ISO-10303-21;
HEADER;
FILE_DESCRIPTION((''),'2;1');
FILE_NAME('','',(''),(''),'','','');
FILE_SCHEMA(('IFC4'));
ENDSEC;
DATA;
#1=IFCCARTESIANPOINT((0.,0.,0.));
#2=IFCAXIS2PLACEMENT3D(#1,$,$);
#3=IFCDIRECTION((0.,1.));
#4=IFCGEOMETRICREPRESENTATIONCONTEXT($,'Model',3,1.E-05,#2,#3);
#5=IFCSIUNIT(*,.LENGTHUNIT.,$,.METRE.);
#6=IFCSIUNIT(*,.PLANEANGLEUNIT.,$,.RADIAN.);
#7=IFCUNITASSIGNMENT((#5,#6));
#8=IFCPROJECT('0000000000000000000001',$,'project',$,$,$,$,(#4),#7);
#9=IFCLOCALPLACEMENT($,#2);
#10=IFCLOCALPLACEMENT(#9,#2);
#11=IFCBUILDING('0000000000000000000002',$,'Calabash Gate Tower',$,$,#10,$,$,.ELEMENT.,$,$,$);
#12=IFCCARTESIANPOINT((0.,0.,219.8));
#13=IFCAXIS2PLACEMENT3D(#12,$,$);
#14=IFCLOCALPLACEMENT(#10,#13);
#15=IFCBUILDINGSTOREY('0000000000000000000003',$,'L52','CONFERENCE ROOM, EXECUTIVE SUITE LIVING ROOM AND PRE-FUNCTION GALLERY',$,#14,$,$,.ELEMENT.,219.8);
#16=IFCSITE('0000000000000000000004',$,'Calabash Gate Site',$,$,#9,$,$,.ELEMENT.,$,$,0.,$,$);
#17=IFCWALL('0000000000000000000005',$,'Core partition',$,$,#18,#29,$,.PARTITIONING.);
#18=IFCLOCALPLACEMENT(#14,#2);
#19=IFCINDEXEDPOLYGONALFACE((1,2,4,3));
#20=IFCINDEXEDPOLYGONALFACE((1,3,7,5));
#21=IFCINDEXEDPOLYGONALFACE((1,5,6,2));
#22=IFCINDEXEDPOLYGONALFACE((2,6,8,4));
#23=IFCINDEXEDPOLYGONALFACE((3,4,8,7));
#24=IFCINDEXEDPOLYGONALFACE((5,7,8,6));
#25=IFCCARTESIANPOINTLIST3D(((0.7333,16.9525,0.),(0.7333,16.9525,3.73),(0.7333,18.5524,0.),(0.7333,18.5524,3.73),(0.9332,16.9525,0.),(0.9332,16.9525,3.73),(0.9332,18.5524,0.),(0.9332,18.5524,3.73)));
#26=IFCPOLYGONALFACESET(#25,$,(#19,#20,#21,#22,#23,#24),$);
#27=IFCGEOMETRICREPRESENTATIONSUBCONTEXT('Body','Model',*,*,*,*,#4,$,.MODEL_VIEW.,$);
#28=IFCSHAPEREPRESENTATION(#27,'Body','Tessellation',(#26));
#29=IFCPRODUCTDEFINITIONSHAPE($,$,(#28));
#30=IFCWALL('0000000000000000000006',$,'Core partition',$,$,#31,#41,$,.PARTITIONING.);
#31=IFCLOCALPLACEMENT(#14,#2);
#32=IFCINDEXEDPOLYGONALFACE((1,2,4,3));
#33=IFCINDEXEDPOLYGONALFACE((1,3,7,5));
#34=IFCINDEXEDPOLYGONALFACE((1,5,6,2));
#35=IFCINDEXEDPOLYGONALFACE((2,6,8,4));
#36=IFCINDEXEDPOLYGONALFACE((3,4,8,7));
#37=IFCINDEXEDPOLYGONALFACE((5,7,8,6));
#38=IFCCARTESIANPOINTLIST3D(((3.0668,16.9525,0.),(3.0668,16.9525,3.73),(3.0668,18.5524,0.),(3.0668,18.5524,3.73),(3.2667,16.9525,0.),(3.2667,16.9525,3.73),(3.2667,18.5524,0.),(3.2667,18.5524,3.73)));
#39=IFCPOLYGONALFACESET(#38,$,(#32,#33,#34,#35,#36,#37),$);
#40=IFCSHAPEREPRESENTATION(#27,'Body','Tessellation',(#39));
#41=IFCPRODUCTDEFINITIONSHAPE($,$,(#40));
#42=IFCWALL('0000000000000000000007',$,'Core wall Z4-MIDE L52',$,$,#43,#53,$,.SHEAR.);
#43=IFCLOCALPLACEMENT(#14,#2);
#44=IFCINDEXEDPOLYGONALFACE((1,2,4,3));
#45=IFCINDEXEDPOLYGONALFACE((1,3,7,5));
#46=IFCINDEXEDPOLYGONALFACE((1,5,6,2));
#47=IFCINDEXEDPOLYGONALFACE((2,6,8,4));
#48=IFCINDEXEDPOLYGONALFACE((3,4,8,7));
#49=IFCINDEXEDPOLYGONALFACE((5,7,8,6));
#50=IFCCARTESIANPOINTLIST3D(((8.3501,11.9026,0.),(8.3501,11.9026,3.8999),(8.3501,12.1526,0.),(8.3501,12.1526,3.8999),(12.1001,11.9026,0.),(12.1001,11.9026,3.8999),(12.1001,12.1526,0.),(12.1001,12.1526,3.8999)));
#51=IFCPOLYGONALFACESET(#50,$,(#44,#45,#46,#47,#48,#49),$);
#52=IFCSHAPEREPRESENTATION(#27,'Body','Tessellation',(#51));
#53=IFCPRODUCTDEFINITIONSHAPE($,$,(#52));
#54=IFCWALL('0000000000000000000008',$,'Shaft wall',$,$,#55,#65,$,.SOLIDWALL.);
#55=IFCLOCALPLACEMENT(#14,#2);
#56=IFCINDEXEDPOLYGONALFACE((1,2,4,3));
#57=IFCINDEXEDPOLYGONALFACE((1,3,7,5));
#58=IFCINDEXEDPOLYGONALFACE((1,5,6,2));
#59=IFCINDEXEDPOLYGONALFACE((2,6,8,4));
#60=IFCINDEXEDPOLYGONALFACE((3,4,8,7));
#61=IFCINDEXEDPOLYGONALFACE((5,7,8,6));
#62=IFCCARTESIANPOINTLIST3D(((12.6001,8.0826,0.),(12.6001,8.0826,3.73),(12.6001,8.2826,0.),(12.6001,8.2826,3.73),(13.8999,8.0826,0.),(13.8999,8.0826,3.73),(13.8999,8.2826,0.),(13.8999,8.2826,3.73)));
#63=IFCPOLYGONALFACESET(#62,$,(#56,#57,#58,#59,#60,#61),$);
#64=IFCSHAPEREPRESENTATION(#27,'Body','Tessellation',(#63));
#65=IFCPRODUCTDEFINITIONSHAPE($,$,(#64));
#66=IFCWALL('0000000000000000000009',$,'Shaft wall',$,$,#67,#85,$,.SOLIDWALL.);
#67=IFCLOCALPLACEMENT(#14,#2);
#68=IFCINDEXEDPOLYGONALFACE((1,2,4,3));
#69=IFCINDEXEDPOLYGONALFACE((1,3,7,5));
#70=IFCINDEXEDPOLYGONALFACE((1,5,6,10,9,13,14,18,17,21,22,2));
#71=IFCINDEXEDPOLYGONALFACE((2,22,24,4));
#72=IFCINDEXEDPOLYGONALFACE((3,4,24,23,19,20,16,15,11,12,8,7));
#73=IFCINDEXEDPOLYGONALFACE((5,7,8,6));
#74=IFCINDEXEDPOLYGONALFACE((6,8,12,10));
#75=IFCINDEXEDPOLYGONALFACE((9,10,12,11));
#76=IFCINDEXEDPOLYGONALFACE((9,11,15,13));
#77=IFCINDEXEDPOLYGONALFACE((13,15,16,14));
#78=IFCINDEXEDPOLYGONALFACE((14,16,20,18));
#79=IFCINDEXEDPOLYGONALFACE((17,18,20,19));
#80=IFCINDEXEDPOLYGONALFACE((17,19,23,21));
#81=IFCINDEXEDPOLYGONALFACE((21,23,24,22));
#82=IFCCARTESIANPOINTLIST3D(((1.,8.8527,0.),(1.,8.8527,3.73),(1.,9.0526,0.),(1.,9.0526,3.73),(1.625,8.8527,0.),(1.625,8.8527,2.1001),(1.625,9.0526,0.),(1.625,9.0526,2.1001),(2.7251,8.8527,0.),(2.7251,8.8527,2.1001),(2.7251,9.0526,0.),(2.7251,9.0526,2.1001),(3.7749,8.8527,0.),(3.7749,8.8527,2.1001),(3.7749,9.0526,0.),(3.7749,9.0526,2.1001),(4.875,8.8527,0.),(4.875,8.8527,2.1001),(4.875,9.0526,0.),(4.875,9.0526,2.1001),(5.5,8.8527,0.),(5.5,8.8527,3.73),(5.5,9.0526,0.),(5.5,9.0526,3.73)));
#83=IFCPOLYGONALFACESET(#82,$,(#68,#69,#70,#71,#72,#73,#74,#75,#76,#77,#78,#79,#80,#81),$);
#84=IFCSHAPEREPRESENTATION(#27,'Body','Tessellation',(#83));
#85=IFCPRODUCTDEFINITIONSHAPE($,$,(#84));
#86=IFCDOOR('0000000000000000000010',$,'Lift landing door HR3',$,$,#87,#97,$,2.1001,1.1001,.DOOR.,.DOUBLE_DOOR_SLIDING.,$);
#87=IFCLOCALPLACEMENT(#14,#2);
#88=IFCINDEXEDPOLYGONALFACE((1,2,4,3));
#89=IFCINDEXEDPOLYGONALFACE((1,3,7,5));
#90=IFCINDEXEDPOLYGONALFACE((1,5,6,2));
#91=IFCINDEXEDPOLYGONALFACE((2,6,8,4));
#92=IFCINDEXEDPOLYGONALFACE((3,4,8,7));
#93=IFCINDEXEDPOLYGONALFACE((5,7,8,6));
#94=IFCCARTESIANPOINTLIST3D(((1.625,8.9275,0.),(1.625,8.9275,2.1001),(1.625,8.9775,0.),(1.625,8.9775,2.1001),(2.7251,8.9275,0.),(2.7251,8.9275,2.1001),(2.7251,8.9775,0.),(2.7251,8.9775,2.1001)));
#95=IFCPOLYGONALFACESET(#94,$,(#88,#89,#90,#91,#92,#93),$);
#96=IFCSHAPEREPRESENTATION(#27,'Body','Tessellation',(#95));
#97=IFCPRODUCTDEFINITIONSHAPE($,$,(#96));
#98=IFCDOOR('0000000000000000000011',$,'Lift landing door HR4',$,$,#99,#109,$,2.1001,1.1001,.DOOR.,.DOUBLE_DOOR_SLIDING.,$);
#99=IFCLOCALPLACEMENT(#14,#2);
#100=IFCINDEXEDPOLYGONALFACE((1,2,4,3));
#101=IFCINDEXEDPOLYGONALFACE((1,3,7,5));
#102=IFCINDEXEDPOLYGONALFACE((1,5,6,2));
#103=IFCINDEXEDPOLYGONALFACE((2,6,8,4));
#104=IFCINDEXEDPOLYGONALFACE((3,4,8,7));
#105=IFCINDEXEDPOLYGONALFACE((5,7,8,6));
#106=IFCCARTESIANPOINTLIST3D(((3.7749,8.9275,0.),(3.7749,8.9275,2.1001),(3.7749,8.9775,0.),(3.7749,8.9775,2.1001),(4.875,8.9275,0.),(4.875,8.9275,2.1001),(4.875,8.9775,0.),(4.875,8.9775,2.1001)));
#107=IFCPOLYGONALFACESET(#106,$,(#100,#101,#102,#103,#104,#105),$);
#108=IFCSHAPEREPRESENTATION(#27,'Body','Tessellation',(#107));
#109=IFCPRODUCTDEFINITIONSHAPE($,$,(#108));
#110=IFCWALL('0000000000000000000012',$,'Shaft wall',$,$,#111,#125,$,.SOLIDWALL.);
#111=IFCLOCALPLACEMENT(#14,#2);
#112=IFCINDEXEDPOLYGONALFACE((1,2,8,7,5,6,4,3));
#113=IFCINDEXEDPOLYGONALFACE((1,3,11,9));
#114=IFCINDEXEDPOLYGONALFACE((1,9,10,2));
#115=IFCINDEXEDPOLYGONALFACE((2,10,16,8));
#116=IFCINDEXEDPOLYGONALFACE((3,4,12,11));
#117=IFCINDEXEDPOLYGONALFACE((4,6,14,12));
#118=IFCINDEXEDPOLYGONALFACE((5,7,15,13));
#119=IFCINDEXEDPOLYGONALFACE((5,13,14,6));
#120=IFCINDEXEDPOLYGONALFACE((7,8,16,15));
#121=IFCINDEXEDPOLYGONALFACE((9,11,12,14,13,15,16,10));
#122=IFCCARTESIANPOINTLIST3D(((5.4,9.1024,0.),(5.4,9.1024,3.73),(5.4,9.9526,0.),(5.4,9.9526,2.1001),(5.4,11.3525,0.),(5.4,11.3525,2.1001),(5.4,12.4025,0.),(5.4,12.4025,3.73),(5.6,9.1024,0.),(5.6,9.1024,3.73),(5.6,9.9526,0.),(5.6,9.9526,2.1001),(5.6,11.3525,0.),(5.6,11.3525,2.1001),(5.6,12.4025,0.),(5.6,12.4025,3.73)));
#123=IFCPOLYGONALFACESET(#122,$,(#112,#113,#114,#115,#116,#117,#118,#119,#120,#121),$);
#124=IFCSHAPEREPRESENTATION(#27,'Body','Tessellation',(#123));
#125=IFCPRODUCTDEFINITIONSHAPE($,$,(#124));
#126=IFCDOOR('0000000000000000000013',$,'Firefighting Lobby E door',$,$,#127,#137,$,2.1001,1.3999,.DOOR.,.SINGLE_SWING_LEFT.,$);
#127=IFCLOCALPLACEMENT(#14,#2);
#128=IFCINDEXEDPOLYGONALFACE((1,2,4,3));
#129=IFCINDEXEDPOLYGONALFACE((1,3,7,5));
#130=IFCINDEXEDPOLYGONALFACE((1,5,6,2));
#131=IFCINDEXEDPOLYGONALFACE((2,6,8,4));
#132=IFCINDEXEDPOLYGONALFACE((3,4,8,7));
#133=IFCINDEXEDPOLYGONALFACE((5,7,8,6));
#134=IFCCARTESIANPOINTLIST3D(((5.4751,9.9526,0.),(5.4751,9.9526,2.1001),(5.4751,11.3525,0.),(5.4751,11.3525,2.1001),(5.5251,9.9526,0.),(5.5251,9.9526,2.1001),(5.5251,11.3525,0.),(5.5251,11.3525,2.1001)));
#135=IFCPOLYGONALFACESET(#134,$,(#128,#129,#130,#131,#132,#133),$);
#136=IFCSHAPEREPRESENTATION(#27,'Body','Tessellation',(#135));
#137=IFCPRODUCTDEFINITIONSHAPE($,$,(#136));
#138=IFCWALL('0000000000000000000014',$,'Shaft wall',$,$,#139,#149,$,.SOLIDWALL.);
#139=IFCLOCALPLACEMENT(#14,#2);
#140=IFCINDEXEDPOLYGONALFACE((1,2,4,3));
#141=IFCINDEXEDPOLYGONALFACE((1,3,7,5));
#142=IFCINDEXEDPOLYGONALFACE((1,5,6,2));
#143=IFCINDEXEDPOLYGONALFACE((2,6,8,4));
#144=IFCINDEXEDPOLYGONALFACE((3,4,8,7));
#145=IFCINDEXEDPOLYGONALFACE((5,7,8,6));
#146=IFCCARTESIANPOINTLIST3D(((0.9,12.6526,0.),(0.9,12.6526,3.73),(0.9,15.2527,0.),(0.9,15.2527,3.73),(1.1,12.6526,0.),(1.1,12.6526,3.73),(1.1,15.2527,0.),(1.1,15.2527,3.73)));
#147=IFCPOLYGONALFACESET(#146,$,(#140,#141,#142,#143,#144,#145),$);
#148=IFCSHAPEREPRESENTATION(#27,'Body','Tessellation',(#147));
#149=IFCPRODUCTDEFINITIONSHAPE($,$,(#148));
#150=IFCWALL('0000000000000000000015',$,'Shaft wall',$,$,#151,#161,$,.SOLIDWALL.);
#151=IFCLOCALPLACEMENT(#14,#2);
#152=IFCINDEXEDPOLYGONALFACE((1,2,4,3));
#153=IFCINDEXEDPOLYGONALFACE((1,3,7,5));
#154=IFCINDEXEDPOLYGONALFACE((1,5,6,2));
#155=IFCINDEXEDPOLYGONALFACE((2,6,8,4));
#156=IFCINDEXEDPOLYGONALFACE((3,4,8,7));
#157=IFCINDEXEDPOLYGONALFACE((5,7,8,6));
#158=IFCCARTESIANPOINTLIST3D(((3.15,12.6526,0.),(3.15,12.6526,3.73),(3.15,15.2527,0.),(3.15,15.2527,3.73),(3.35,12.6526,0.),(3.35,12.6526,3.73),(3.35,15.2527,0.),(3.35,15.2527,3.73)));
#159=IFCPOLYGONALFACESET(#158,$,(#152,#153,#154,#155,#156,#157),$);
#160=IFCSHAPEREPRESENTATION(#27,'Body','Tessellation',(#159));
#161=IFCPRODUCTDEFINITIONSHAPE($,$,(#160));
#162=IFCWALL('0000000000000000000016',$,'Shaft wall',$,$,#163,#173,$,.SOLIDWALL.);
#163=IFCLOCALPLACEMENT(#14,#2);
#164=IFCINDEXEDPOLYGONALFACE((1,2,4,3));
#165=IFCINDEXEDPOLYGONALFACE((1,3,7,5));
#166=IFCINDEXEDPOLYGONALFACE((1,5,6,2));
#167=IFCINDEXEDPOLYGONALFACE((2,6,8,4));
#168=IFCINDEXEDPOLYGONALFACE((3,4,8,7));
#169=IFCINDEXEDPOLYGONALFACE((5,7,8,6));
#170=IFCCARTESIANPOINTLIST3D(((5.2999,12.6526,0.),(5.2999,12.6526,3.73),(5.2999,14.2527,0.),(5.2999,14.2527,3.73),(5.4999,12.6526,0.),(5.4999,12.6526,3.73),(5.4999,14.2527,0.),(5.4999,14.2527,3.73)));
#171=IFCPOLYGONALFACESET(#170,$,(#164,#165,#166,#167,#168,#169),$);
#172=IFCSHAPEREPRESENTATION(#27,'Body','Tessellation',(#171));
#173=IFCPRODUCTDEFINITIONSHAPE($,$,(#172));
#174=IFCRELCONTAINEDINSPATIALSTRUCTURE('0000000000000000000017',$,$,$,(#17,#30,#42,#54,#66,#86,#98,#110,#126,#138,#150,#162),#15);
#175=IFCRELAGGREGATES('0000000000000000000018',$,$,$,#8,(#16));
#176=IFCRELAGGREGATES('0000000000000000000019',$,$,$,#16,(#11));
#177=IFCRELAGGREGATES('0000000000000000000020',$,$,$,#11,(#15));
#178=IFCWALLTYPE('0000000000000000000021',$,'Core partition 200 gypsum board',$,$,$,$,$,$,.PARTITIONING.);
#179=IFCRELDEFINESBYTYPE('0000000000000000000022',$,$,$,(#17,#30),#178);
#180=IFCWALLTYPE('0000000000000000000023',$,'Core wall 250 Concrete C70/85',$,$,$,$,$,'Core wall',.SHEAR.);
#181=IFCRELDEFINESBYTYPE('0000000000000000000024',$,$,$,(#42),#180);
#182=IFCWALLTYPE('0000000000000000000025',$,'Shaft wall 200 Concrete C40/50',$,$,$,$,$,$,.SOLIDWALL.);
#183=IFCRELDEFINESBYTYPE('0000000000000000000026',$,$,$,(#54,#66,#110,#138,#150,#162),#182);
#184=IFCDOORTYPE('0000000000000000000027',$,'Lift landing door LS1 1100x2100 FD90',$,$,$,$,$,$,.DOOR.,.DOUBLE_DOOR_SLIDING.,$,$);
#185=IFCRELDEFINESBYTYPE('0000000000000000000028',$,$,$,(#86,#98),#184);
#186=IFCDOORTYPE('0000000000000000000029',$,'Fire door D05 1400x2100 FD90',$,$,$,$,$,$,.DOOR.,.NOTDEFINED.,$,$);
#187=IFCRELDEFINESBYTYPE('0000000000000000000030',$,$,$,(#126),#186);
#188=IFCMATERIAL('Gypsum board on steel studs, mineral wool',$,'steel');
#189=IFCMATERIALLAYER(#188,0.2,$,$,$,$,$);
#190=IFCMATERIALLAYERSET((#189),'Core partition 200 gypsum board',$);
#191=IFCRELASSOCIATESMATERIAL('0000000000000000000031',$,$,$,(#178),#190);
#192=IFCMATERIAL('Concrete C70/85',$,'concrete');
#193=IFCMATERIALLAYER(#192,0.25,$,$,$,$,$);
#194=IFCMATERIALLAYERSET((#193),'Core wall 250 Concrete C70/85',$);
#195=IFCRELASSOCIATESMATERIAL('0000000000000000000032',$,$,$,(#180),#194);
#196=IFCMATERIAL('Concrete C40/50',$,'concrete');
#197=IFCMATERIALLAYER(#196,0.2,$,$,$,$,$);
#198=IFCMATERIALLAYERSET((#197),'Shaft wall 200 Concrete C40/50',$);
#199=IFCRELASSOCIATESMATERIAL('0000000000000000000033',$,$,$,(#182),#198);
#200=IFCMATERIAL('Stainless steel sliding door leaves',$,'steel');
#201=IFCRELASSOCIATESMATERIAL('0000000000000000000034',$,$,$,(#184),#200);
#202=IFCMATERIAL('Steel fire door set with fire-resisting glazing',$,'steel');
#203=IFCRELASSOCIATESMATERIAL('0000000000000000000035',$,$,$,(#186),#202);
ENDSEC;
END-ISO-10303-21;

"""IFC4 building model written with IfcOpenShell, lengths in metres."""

from ifc_helpers import new_model, si_unit, direction, frame, frame_2d, origin, place, context, subcontext, project, spatial, rectangle, extrude, material, layer, layer_set, type_object, element, fill, save


model = new_model("IFC4")

# Units and contexts
model_context = context("Model", 3, precision=1e-05, world=origin(), true_north=direction((0.0, 1.0)))
body_context = subcontext(model_context, "Body", "Model", "MODEL_VIEW")
ifc_project = project(units=[si_unit("LENGTHUNIT", "METRE"), si_unit("PLANEANGLEUNIT", "RADIAN")], contexts=[model_context])

# Site, building, storey
site_placement = place(None, origin())
site = spatial("IfcSite", under=ifc_project, at=site_placement, Name="Calabash Gate Site", CompositionType="ELEMENT", RefElevation=0.0)
building_placement = place(site_placement, origin())
building = spatial("IfcBuilding", under=site, at=building_placement, Name="Calabash Gate Tower", CompositionType="ELEMENT")
storey_placement = place(building_placement, frame((0.0, 0.0, 219.8)))
storey = spatial("IfcBuildingStorey", under=building, at=storey_placement, Name="L52", Description="CONFERENCE ROOM, EXECUTIVE SUITE LIVING ROOM AND PRE-FUNCTION GALLERY", CompositionType="ELEMENT", Elevation=219.8)

# Walls
ifc_material_1 = material(Name="Gypsum board on steel studs, mineral wool", Category="steel")
ifc_layer_1 = layer(ifc_material_1, 0.2)
ifc_layer_set_1 = layer_set([ifc_layer_1], Name="Core partition 200 gypsum board")
wall_type_1 = type_object("IfcWallType", Name="Core partition 200 gypsum board", PredefinedType="PARTITIONING", material=ifc_layer_set_1)
for number, where, z_axis, x_axis, name in (
    (1, (0.8333, 16.9526, 0.0), (0.0, 0.0, 1.0), (0.0, 1.0, 0.0), "Core partition"),
    (2, (3.1667, 16.9526, 0.0), (0.0, 0.0, 1.0), (0.0, 1.0, 0.0), "Core partition"),
):
    element("IfcWall", number, at=place(storey_placement, frame(where, z_axis=z_axis, x_axis=x_axis)), inside=storey, type_object=wall_type_1, Name=name, PredefinedType="PARTITIONING", context=body_context, shape_type="SweptSolid", body=[
        extrude(rectangle(XDim=1.5999, YDim=0.2, at=frame_2d((0.7998, 0.0))), origin(), (0.0, 0.0, 1.0), 3.73),
    ])
ifc_material_2 = material(Name="Concrete C70/85", Category="concrete")
ifc_layer_2 = layer(ifc_material_2, 0.25)
ifc_layer_set_2 = layer_set([ifc_layer_2], Name="Core wall 250 Concrete C70/85")
wall_type_2 = type_object("IfcWallType", Name="Core wall 250 Concrete C70/85", ElementType="Core wall", PredefinedType="SHEAR", material=ifc_layer_set_2)
wall_1_placement = place(storey_placement, frame((8.3501, 12.0276, 0.0), z_axis=(0.0, 0.0, 1.0), x_axis=(1.0, 0.0, 0.0)))
element("IfcWall", 3, at=wall_1_placement, inside=storey, type_object=wall_type_2, Name="Core wall Z4-MIDE L52", PredefinedType="SHEAR", context=body_context, shape_type="SweptSolid", body=[
    extrude(rectangle(XDim=3.75, YDim=0.25, at=frame_2d((1.875, 0.0))), origin(), (0.0, 0.0, 1.0), 3.8999),
])
ifc_material_3 = material(Name="Concrete C40/50", Category="concrete")
ifc_layer_3 = layer(ifc_material_3, 0.2)
ifc_layer_set_3 = layer_set([ifc_layer_3], Name="Shaft wall 200 Concrete C40/50")
wall_type_3 = type_object("IfcWallType", Name="Shaft wall 200 Concrete C40/50", PredefinedType="SOLIDWALL", material=ifc_layer_set_3)
wall_2_placement = place(storey_placement, frame((12.6001, 8.1826, 0.0), z_axis=(0.0, 0.0, 1.0), x_axis=(1.0, 0.0, 0.0)))
element("IfcWall", 4, at=wall_2_placement, inside=storey, type_object=wall_type_3, Name="Shaft wall", PredefinedType="SOLIDWALL", context=body_context, shape_type="SweptSolid", body=[
    extrude(rectangle(XDim=1.2998, YDim=0.2, at=frame_2d((0.6499, 0.0))), origin(), (0.0, 0.0, 1.0), 3.73),
])

# Wall, openings, doors
wall_3_placement = place(storey_placement, frame((1.0, 8.9526, 0.0), z_axis=(0.0, 0.0, 1.0), x_axis=(1.0, 0.0, 0.0)))
wall_3 = element("IfcWall", 5, at=wall_3_placement, inside=storey, type_object=wall_type_3, Name="Shaft wall", PredefinedType="SOLIDWALL", context=body_context, shape_type="SweptSolid", body=[
    extrude(rectangle(XDim=4.5, YDim=0.2, at=frame_2d((2.25, 0.0))), origin(), (0.0, 0.0, 1.0), 3.73),
])
opening_1_placement = place(wall_3_placement, frame((0.625, 0.0, 0.0)))
opening_1 = element("IfcOpeningElement", 6, at=opening_1_placement, cuts=wall_3, PredefinedType="OPENING", context=body_context, shape_type="SweptSolid", body=[
    extrude(rectangle(XDim=1.1001, YDim=2.1001, at=frame_2d((0.55, 1.05))), frame((0.0, 0.1099, 0.0), z_axis=(0.0, -1.0, 0.0), x_axis=(1.0, 0.0, 0.0)), (0.0, 0.0, 1.0), 0.22),
])
opening_2_placement = place(wall_3_placement, frame((2.7749, 0.0, 0.0)))
opening_2 = element("IfcOpeningElement", 7, at=opening_2_placement, cuts=wall_3, PredefinedType="OPENING", context=body_context, shape_type="SweptSolid", body=[
    extrude(rectangle(XDim=1.1001, YDim=2.1001, at=frame_2d((0.55, 1.05))), frame((0.0, 0.1099, 0.0), z_axis=(0.0, -1.0, 0.0), x_axis=(1.0, 0.0, 0.0)), (0.0, 0.0, 1.0), 0.22),
])
ifc_material_4 = material(Name="Stainless steel sliding door leaves", Category="steel")
door_type_1 = type_object("IfcDoorType", Name="Lift landing door LS1 1100x2100 FD90", OperationType="DOUBLE_DOOR_SLIDING", PredefinedType="DOOR", material=ifc_material_4)
door_1_placement = place(opening_1_placement, origin())
door_1 = element("IfcDoor", 8, at=door_1_placement, inside=storey, type_object=door_type_1, Name="Lift landing door HR3", OperationType="DOUBLE_DOOR_SLIDING", OverallHeight=2.1001, OverallWidth=1.1001, PredefinedType="DOOR", context=body_context, shape_type="SweptSolid", body=[
    extrude(rectangle(XDim=1.1001, YDim=2.1001, at=frame_2d((0.55, 1.05))), frame((0.0, 0.0249, 0.0), z_axis=(0.0, -1.0, 0.0), x_axis=(1.0, 0.0, 0.0)), (0.0, 0.0, 1.0), 0.05),
])
fill(opening_1, door_1)
door_2_placement = place(opening_2_placement, origin())
door_2 = element("IfcDoor", 9, at=door_2_placement, inside=storey, type_object=door_type_1, Name="Lift landing door HR4", OperationType="DOUBLE_DOOR_SLIDING", OverallHeight=2.1001, OverallWidth=1.1001, PredefinedType="DOOR", context=body_context, shape_type="SweptSolid", body=[
    extrude(rectangle(XDim=1.1001, YDim=2.1001, at=frame_2d((0.55, 1.05))), frame((0.0, 0.0249, 0.0), z_axis=(0.0, -1.0, 0.0), x_axis=(1.0, 0.0, 0.0)), (0.0, 0.0, 1.0), 0.05),
])
fill(opening_2, door_2)

# Wall, opening, door
wall_4_placement = place(storey_placement, frame((5.5, 9.1025, 0.0), z_axis=(0.0, 0.0, 1.0), x_axis=(0.0, 1.0, 0.0)))
wall_4 = element("IfcWall", 10, at=wall_4_placement, inside=storey, type_object=wall_type_3, Name="Shaft wall", PredefinedType="SOLIDWALL", context=body_context, shape_type="SweptSolid", body=[
    extrude(rectangle(XDim=3.3, YDim=0.2, at=frame_2d((1.6499, 0.0))), origin(), (0.0, 0.0, 1.0), 3.73),
])
opening_3_placement = place(wall_4_placement, frame((0.8501, 0.0, 0.0)))
opening_3 = element("IfcOpeningElement", 11, at=opening_3_placement, cuts=wall_4, PredefinedType="OPENING", context=body_context, shape_type="SweptSolid", body=[
    extrude(rectangle(XDim=1.3999, YDim=2.1001, at=frame_2d((0.7, 1.05))), frame((0.0, 0.1099, 0.0), z_axis=(0.0, -1.0, 0.0), x_axis=(1.0, 0.0, 0.0)), (0.0, 0.0, 1.0), 0.22),
])
ifc_material_5 = material(Name="Steel fire door set with fire-resisting glazing", Category="steel")
door_type_2 = type_object("IfcDoorType", Name="Fire door D05 1400x2100 FD90", OperationType="NOTDEFINED", PredefinedType="DOOR", material=ifc_material_5)
door_3_placement = place(opening_3_placement, origin())
door_3 = element("IfcDoor", 12, at=door_3_placement, inside=storey, type_object=door_type_2, Name="Firefighting Lobby E door", OperationType="SINGLE_SWING_LEFT", OverallHeight=2.1001, OverallWidth=1.3999, PredefinedType="DOOR", context=body_context, shape_type="SweptSolid", body=[
    extrude(rectangle(XDim=1.3999, YDim=2.1001, at=frame_2d((0.7, 1.05))), frame((0.0, 0.0249, 0.0), z_axis=(0.0, -1.0, 0.0), x_axis=(1.0, 0.0, 0.0)), (0.0, 0.0, 1.0), 0.05),
])
fill(opening_3, door_3)

# Walls
for number, where, z_axis, x_axis, name in (
    (13, (1.0, 12.6526, 0.0), (0.0, 0.0, 1.0), (0.0, 1.0, 0.0), "Shaft wall"),
    (14, (3.25, 12.6526, 0.0), (0.0, 0.0, 1.0), (0.0, 1.0, 0.0), "Shaft wall"),
):
    element("IfcWall", number, at=place(storey_placement, frame(where, z_axis=z_axis, x_axis=x_axis)), inside=storey, type_object=wall_type_3, Name=name, PredefinedType="SOLIDWALL", context=body_context, shape_type="SweptSolid", body=[
        extrude(rectangle(XDim=2.6001, YDim=0.2, at=frame_2d((1.3, 0.0))), origin(), (0.0, 0.0, 1.0), 3.73),
    ])
wall_5_placement = place(storey_placement, frame((5.3999, 12.6526, 0.0), z_axis=(0.0, 0.0, 1.0), x_axis=(0.0, 1.0, 0.0)))
element("IfcWall", 15, at=wall_5_placement, inside=storey, type_object=wall_type_3, Name="Shaft wall", PredefinedType="SOLIDWALL", context=body_context, shape_type="SweptSolid", body=[
    extrude(rectangle(XDim=1.6001, YDim=0.2, at=frame_2d((0.8, 0.0))), origin(), (0.0, 0.0, 1.0), 3.73),
])

save(model, "model.ifc")
